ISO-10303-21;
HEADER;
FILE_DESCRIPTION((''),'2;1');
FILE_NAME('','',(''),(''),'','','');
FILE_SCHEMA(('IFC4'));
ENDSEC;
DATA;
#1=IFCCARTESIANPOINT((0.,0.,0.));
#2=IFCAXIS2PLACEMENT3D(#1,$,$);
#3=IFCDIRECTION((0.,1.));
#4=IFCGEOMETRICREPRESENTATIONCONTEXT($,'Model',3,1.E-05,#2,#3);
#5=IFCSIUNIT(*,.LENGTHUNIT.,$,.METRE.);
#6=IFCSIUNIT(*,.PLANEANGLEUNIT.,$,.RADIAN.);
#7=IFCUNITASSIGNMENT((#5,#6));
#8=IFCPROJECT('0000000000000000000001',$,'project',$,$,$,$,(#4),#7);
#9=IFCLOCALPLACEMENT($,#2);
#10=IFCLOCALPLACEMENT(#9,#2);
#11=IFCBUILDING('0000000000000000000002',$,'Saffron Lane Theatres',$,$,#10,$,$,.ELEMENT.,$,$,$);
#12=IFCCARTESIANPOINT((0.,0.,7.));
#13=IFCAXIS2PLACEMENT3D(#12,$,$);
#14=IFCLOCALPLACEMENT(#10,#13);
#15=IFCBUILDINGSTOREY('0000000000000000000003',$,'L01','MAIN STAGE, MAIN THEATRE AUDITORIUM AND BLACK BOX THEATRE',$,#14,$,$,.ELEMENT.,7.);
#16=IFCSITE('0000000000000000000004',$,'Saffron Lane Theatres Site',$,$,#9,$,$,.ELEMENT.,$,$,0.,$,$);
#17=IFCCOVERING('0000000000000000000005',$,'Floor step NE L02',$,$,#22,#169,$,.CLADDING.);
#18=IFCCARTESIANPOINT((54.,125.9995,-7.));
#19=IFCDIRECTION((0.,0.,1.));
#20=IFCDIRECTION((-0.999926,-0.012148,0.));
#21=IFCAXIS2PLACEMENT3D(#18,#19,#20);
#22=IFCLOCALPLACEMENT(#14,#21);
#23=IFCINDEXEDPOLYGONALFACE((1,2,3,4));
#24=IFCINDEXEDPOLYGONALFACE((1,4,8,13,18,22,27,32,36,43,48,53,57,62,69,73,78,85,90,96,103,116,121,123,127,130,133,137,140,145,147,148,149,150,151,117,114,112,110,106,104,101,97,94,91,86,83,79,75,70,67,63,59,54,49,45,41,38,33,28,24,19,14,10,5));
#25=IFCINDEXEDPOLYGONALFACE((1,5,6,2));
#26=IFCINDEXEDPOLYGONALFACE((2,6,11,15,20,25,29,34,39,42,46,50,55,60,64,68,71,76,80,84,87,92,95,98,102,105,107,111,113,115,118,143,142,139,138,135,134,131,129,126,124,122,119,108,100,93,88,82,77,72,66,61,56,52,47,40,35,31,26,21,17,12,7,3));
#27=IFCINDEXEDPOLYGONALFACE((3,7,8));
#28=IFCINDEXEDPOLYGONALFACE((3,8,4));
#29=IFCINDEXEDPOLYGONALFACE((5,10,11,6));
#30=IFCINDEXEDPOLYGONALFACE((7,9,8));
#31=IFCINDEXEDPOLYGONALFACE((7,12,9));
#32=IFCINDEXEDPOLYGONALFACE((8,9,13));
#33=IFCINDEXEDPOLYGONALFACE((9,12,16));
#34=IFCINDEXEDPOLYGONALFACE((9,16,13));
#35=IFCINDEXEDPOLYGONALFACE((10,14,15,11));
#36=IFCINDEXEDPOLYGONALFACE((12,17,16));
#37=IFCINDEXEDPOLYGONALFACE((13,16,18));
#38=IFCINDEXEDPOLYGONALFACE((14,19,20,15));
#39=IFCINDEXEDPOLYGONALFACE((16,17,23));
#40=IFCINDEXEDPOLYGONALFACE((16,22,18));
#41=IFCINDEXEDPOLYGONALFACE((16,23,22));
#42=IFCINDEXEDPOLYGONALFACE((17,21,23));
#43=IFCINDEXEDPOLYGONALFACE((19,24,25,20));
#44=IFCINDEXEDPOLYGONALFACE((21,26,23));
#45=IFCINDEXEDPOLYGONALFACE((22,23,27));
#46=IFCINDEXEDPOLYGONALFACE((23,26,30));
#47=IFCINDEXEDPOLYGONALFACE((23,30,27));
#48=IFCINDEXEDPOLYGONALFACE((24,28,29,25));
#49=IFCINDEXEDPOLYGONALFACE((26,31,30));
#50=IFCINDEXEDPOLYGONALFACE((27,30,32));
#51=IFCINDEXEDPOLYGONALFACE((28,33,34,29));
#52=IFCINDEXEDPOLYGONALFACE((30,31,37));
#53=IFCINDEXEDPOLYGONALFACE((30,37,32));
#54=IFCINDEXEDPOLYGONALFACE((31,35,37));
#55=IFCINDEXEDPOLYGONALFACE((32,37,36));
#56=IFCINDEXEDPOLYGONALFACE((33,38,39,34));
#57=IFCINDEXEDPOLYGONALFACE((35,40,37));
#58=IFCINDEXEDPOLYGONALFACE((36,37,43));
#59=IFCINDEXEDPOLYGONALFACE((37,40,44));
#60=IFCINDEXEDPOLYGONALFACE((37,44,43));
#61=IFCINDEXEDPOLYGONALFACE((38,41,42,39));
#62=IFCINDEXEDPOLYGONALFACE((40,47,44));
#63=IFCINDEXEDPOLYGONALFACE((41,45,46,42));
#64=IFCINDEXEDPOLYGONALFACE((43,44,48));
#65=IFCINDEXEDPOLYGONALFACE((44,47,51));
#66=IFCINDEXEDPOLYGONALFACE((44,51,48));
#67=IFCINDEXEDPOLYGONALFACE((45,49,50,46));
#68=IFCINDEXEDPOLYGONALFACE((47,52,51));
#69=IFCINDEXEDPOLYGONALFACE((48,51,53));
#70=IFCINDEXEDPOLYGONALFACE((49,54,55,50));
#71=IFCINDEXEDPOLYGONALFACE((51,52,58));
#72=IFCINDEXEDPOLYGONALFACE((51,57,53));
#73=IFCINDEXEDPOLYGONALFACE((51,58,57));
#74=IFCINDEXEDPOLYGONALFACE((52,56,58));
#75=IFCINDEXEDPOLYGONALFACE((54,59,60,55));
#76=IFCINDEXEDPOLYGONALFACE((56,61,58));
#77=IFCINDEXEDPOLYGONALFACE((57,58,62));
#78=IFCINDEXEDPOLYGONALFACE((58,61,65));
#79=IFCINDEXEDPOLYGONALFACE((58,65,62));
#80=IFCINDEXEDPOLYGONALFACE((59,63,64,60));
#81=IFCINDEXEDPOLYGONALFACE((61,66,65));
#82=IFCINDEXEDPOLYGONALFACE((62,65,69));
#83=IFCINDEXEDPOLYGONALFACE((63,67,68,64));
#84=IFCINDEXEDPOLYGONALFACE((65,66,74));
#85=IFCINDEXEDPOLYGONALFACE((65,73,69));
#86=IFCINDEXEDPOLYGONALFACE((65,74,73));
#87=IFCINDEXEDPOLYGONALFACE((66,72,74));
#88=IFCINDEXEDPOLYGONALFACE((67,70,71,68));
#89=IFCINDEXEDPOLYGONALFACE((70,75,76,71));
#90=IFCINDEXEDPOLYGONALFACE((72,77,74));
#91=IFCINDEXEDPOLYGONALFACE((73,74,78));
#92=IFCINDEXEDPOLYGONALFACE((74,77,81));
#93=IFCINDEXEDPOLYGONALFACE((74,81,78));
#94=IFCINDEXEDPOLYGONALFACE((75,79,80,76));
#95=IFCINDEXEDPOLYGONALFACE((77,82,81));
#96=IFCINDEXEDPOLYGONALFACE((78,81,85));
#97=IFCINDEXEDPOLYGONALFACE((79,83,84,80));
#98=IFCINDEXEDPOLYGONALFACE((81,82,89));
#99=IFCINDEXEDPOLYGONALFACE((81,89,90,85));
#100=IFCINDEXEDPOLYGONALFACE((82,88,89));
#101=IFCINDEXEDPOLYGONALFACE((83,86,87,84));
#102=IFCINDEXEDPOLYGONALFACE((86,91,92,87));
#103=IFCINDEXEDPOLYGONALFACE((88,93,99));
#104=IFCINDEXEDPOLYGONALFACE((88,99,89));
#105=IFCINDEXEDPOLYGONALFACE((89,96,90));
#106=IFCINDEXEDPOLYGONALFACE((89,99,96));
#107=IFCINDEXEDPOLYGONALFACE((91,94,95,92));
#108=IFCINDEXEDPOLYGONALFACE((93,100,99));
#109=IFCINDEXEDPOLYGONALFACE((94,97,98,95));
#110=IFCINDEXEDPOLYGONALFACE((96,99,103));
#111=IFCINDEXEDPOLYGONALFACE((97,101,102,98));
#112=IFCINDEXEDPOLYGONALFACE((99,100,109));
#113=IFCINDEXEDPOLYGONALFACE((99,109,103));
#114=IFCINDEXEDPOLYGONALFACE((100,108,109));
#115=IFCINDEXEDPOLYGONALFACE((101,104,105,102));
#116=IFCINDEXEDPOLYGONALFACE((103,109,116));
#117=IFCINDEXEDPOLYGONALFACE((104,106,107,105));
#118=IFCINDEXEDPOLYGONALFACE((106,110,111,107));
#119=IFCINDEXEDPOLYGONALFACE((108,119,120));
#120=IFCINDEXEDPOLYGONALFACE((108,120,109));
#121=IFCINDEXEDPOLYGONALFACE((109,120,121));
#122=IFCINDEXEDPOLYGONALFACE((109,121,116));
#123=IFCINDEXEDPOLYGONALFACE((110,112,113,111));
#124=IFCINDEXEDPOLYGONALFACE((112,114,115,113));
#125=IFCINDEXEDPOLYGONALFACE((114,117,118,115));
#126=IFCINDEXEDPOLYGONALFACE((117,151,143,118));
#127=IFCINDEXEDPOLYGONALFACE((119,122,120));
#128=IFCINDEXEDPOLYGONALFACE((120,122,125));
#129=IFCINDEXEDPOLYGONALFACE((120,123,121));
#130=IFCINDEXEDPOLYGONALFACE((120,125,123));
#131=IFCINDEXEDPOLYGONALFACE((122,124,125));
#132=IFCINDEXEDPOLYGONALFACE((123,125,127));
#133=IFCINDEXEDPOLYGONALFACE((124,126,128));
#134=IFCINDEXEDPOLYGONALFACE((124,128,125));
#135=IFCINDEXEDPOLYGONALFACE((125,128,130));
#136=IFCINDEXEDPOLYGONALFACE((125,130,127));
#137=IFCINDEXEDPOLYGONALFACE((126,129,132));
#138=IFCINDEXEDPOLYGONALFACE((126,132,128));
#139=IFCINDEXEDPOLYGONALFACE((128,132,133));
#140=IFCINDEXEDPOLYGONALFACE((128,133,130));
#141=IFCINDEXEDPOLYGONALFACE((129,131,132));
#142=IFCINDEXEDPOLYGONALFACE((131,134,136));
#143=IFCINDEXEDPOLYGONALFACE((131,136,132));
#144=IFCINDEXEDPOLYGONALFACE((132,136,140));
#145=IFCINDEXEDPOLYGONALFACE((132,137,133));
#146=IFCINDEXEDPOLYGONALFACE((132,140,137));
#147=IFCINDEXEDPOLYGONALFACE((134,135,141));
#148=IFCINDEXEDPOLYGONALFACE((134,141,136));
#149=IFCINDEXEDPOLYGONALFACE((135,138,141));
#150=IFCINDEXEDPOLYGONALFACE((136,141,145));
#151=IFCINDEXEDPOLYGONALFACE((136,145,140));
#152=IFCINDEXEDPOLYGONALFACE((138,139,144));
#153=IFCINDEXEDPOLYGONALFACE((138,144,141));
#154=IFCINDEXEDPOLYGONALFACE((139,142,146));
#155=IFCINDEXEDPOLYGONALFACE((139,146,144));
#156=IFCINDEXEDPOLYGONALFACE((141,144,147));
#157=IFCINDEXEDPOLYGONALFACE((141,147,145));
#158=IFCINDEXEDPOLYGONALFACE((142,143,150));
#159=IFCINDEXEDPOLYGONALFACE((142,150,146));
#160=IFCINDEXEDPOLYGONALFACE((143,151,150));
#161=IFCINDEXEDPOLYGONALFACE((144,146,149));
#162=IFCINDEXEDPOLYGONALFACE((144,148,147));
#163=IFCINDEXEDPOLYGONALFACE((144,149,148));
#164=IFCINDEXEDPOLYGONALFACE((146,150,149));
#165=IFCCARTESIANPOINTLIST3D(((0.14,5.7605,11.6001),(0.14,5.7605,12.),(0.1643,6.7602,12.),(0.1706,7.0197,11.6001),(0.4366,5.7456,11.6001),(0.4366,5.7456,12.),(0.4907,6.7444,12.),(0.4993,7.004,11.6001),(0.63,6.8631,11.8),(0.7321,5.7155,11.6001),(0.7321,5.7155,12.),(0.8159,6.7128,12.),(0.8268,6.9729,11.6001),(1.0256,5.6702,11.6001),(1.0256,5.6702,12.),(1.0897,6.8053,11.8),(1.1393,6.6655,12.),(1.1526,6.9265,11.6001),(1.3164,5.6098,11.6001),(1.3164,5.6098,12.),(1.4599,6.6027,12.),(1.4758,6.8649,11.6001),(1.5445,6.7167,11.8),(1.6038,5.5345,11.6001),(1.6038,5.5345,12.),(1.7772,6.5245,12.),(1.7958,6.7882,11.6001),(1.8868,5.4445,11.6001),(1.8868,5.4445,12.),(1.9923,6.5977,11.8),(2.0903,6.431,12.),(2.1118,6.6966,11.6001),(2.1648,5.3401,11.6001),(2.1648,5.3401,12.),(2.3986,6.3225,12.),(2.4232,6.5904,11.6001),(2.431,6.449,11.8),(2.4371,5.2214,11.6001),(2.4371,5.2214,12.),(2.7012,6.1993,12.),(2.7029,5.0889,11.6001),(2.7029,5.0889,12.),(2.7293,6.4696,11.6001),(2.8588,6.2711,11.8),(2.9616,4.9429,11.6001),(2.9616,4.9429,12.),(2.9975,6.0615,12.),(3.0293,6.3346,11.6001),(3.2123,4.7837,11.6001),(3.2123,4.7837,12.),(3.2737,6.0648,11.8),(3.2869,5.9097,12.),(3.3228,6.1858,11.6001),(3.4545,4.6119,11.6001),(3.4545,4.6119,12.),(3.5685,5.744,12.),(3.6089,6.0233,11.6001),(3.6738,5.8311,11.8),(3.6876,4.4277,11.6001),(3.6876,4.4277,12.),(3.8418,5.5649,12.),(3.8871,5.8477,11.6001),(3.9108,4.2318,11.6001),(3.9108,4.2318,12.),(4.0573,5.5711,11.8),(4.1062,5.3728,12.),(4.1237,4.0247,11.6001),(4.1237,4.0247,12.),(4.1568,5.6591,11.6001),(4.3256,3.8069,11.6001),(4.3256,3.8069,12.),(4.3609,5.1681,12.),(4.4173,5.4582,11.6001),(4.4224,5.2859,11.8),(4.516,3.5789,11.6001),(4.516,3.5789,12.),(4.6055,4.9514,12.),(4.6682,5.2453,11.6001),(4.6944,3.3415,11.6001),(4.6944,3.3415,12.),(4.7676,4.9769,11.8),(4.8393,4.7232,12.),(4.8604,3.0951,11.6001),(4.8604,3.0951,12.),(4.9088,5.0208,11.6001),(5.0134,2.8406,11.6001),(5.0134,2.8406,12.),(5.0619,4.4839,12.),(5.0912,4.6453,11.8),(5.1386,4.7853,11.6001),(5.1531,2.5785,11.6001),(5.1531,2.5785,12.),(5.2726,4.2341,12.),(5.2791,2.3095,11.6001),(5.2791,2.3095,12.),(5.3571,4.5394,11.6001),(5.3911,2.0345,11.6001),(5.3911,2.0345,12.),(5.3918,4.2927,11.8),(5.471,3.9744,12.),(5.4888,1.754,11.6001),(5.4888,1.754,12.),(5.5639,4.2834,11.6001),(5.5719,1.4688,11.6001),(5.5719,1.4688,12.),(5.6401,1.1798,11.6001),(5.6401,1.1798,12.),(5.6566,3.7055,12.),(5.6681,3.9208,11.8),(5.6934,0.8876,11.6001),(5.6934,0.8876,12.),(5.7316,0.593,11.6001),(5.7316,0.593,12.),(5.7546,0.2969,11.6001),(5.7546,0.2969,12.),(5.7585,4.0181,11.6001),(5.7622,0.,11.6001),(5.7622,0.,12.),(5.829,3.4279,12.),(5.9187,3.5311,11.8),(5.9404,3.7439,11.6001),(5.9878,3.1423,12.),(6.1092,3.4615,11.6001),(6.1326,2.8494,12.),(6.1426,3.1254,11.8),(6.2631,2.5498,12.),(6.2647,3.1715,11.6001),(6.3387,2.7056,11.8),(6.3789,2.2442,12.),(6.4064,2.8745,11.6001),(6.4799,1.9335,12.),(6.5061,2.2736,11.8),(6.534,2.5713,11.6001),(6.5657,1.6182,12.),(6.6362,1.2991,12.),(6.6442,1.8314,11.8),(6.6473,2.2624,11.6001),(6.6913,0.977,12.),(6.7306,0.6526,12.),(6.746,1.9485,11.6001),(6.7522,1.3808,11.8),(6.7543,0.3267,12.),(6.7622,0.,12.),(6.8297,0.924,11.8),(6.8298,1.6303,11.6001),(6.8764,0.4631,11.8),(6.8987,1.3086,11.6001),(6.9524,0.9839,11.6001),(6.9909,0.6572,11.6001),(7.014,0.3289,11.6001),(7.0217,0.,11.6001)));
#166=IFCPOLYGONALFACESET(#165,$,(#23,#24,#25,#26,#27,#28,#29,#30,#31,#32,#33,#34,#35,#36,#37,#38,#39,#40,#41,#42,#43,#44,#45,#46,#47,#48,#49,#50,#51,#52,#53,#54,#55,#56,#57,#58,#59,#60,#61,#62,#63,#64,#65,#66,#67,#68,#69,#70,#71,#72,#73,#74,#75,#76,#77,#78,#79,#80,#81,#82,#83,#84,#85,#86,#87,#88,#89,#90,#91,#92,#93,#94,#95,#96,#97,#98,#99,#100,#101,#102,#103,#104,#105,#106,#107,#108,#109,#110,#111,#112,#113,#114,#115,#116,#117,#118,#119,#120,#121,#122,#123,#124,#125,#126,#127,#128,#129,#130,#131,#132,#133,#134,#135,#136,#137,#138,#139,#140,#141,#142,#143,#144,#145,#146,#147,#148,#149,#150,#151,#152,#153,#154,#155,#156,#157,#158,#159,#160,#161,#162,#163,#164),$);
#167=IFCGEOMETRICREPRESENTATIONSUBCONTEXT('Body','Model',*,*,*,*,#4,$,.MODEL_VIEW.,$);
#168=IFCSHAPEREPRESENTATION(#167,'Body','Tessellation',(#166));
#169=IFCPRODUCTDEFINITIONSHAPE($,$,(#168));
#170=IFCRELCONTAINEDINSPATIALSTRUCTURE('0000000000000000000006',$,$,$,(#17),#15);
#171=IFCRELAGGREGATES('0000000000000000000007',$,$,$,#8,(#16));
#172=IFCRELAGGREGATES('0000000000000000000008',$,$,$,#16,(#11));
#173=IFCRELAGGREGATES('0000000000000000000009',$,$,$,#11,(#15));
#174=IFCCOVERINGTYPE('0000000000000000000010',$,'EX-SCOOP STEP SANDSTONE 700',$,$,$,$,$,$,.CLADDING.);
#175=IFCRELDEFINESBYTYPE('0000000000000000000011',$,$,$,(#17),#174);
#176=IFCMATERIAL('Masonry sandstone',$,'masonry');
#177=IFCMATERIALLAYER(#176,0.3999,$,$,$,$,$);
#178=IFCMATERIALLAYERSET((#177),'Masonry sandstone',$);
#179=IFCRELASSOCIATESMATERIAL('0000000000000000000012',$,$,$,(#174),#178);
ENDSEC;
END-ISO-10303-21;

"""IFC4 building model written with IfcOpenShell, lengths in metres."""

from ifc_helpers import new_model, entity, si_unit, direction, frame, origin, place, context, subcontext, project, spatial, material, layer, layer_set, type_object, element, save


model = new_model("IFC4")

# Units and contexts
model_context = context("Model", 3, precision=1e-05, world=origin(), true_north=direction((0.0, 1.0)))
body_context = subcontext(model_context, "Body", "Model", "MODEL_VIEW")
ifc_project = project(units=[si_unit("LENGTHUNIT", "METRE"), si_unit("PLANEANGLEUNIT", "RADIAN")], contexts=[model_context])

# Site, building, storey
site_placement = place(None, origin())
site = spatial("IfcSite", under=ifc_project, at=site_placement, Name="Saffron Lane Theatres Site", CompositionType="ELEMENT", RefElevation=0.0)
building_placement = place(site_placement, origin())
building = spatial("IfcBuilding", under=site, at=building_placement, Name="Saffron Lane Theatres", CompositionType="ELEMENT")
storey_placement = place(building_placement, frame((0.0, 0.0, 7.0)))
storey = spatial("IfcBuildingStorey", under=building, at=storey_placement, Name="L01", Description="MAIN STAGE, MAIN THEATRE AUDITORIUM AND BLACK BOX THEATRE", CompositionType="ELEMENT", Elevation=7.0)

# Covering
ifc_material_1 = material(Name="Masonry sandstone", Category="masonry")
ifc_layer_1 = layer(ifc_material_1, 0.3999)
ifc_layer_set_1 = layer_set([ifc_layer_1], Name="Masonry sandstone")
covering_type_1 = type_object("IfcCoveringType", Name="EX-SCOOP STEP SANDSTONE 700", PredefinedType="CLADDING", material=ifc_layer_set_1)
covering_1_placement = place(storey_placement, frame((54.0, 125.9995, -7.0), z_axis=(0.0, 0.0, 1.0), x_axis=(-0.999926, -0.012148, 0.0)))
cartesian_point_1 = entity("IfcCartesianPoint", [5.7622, 11.6001])
cartesian_point_2 = entity("IfcCartesianPoint", [0.0, 0.0, 0.0])
element("IfcCovering", 1, at=covering_1_placement, inside=storey, type_object=covering_type_1, Name="Floor step NE L02", PredefinedType="CLADDING", context=body_context, shape_type="SweptSolid", body=[
    entity("IfcRevolvedAreaSolid", entity("IfcArbitraryClosedProfileDef", "AREA", None, entity("IfcPolyline", [cartesian_point_1, entity("IfcCartesianPoint", [7.0217, 11.6001]), entity("IfcCartesianPoint", [6.7622, 12.0]), entity("IfcCartesianPoint", [5.7622, 12.0]), cartesian_point_1])), entity("IfcAxis2Placement3D", cartesian_point_2, entity("IfcDirection", [0.0, -1.0, 0.0]), entity("IfcDirection", [1.0, 0.0, 0.0])), entity("IfcAxis1Placement", cartesian_point_2, entity("IfcDirection", [0.0, 1.0, 0.0])), 1.546499),
])

save(model, "model.ifc")
